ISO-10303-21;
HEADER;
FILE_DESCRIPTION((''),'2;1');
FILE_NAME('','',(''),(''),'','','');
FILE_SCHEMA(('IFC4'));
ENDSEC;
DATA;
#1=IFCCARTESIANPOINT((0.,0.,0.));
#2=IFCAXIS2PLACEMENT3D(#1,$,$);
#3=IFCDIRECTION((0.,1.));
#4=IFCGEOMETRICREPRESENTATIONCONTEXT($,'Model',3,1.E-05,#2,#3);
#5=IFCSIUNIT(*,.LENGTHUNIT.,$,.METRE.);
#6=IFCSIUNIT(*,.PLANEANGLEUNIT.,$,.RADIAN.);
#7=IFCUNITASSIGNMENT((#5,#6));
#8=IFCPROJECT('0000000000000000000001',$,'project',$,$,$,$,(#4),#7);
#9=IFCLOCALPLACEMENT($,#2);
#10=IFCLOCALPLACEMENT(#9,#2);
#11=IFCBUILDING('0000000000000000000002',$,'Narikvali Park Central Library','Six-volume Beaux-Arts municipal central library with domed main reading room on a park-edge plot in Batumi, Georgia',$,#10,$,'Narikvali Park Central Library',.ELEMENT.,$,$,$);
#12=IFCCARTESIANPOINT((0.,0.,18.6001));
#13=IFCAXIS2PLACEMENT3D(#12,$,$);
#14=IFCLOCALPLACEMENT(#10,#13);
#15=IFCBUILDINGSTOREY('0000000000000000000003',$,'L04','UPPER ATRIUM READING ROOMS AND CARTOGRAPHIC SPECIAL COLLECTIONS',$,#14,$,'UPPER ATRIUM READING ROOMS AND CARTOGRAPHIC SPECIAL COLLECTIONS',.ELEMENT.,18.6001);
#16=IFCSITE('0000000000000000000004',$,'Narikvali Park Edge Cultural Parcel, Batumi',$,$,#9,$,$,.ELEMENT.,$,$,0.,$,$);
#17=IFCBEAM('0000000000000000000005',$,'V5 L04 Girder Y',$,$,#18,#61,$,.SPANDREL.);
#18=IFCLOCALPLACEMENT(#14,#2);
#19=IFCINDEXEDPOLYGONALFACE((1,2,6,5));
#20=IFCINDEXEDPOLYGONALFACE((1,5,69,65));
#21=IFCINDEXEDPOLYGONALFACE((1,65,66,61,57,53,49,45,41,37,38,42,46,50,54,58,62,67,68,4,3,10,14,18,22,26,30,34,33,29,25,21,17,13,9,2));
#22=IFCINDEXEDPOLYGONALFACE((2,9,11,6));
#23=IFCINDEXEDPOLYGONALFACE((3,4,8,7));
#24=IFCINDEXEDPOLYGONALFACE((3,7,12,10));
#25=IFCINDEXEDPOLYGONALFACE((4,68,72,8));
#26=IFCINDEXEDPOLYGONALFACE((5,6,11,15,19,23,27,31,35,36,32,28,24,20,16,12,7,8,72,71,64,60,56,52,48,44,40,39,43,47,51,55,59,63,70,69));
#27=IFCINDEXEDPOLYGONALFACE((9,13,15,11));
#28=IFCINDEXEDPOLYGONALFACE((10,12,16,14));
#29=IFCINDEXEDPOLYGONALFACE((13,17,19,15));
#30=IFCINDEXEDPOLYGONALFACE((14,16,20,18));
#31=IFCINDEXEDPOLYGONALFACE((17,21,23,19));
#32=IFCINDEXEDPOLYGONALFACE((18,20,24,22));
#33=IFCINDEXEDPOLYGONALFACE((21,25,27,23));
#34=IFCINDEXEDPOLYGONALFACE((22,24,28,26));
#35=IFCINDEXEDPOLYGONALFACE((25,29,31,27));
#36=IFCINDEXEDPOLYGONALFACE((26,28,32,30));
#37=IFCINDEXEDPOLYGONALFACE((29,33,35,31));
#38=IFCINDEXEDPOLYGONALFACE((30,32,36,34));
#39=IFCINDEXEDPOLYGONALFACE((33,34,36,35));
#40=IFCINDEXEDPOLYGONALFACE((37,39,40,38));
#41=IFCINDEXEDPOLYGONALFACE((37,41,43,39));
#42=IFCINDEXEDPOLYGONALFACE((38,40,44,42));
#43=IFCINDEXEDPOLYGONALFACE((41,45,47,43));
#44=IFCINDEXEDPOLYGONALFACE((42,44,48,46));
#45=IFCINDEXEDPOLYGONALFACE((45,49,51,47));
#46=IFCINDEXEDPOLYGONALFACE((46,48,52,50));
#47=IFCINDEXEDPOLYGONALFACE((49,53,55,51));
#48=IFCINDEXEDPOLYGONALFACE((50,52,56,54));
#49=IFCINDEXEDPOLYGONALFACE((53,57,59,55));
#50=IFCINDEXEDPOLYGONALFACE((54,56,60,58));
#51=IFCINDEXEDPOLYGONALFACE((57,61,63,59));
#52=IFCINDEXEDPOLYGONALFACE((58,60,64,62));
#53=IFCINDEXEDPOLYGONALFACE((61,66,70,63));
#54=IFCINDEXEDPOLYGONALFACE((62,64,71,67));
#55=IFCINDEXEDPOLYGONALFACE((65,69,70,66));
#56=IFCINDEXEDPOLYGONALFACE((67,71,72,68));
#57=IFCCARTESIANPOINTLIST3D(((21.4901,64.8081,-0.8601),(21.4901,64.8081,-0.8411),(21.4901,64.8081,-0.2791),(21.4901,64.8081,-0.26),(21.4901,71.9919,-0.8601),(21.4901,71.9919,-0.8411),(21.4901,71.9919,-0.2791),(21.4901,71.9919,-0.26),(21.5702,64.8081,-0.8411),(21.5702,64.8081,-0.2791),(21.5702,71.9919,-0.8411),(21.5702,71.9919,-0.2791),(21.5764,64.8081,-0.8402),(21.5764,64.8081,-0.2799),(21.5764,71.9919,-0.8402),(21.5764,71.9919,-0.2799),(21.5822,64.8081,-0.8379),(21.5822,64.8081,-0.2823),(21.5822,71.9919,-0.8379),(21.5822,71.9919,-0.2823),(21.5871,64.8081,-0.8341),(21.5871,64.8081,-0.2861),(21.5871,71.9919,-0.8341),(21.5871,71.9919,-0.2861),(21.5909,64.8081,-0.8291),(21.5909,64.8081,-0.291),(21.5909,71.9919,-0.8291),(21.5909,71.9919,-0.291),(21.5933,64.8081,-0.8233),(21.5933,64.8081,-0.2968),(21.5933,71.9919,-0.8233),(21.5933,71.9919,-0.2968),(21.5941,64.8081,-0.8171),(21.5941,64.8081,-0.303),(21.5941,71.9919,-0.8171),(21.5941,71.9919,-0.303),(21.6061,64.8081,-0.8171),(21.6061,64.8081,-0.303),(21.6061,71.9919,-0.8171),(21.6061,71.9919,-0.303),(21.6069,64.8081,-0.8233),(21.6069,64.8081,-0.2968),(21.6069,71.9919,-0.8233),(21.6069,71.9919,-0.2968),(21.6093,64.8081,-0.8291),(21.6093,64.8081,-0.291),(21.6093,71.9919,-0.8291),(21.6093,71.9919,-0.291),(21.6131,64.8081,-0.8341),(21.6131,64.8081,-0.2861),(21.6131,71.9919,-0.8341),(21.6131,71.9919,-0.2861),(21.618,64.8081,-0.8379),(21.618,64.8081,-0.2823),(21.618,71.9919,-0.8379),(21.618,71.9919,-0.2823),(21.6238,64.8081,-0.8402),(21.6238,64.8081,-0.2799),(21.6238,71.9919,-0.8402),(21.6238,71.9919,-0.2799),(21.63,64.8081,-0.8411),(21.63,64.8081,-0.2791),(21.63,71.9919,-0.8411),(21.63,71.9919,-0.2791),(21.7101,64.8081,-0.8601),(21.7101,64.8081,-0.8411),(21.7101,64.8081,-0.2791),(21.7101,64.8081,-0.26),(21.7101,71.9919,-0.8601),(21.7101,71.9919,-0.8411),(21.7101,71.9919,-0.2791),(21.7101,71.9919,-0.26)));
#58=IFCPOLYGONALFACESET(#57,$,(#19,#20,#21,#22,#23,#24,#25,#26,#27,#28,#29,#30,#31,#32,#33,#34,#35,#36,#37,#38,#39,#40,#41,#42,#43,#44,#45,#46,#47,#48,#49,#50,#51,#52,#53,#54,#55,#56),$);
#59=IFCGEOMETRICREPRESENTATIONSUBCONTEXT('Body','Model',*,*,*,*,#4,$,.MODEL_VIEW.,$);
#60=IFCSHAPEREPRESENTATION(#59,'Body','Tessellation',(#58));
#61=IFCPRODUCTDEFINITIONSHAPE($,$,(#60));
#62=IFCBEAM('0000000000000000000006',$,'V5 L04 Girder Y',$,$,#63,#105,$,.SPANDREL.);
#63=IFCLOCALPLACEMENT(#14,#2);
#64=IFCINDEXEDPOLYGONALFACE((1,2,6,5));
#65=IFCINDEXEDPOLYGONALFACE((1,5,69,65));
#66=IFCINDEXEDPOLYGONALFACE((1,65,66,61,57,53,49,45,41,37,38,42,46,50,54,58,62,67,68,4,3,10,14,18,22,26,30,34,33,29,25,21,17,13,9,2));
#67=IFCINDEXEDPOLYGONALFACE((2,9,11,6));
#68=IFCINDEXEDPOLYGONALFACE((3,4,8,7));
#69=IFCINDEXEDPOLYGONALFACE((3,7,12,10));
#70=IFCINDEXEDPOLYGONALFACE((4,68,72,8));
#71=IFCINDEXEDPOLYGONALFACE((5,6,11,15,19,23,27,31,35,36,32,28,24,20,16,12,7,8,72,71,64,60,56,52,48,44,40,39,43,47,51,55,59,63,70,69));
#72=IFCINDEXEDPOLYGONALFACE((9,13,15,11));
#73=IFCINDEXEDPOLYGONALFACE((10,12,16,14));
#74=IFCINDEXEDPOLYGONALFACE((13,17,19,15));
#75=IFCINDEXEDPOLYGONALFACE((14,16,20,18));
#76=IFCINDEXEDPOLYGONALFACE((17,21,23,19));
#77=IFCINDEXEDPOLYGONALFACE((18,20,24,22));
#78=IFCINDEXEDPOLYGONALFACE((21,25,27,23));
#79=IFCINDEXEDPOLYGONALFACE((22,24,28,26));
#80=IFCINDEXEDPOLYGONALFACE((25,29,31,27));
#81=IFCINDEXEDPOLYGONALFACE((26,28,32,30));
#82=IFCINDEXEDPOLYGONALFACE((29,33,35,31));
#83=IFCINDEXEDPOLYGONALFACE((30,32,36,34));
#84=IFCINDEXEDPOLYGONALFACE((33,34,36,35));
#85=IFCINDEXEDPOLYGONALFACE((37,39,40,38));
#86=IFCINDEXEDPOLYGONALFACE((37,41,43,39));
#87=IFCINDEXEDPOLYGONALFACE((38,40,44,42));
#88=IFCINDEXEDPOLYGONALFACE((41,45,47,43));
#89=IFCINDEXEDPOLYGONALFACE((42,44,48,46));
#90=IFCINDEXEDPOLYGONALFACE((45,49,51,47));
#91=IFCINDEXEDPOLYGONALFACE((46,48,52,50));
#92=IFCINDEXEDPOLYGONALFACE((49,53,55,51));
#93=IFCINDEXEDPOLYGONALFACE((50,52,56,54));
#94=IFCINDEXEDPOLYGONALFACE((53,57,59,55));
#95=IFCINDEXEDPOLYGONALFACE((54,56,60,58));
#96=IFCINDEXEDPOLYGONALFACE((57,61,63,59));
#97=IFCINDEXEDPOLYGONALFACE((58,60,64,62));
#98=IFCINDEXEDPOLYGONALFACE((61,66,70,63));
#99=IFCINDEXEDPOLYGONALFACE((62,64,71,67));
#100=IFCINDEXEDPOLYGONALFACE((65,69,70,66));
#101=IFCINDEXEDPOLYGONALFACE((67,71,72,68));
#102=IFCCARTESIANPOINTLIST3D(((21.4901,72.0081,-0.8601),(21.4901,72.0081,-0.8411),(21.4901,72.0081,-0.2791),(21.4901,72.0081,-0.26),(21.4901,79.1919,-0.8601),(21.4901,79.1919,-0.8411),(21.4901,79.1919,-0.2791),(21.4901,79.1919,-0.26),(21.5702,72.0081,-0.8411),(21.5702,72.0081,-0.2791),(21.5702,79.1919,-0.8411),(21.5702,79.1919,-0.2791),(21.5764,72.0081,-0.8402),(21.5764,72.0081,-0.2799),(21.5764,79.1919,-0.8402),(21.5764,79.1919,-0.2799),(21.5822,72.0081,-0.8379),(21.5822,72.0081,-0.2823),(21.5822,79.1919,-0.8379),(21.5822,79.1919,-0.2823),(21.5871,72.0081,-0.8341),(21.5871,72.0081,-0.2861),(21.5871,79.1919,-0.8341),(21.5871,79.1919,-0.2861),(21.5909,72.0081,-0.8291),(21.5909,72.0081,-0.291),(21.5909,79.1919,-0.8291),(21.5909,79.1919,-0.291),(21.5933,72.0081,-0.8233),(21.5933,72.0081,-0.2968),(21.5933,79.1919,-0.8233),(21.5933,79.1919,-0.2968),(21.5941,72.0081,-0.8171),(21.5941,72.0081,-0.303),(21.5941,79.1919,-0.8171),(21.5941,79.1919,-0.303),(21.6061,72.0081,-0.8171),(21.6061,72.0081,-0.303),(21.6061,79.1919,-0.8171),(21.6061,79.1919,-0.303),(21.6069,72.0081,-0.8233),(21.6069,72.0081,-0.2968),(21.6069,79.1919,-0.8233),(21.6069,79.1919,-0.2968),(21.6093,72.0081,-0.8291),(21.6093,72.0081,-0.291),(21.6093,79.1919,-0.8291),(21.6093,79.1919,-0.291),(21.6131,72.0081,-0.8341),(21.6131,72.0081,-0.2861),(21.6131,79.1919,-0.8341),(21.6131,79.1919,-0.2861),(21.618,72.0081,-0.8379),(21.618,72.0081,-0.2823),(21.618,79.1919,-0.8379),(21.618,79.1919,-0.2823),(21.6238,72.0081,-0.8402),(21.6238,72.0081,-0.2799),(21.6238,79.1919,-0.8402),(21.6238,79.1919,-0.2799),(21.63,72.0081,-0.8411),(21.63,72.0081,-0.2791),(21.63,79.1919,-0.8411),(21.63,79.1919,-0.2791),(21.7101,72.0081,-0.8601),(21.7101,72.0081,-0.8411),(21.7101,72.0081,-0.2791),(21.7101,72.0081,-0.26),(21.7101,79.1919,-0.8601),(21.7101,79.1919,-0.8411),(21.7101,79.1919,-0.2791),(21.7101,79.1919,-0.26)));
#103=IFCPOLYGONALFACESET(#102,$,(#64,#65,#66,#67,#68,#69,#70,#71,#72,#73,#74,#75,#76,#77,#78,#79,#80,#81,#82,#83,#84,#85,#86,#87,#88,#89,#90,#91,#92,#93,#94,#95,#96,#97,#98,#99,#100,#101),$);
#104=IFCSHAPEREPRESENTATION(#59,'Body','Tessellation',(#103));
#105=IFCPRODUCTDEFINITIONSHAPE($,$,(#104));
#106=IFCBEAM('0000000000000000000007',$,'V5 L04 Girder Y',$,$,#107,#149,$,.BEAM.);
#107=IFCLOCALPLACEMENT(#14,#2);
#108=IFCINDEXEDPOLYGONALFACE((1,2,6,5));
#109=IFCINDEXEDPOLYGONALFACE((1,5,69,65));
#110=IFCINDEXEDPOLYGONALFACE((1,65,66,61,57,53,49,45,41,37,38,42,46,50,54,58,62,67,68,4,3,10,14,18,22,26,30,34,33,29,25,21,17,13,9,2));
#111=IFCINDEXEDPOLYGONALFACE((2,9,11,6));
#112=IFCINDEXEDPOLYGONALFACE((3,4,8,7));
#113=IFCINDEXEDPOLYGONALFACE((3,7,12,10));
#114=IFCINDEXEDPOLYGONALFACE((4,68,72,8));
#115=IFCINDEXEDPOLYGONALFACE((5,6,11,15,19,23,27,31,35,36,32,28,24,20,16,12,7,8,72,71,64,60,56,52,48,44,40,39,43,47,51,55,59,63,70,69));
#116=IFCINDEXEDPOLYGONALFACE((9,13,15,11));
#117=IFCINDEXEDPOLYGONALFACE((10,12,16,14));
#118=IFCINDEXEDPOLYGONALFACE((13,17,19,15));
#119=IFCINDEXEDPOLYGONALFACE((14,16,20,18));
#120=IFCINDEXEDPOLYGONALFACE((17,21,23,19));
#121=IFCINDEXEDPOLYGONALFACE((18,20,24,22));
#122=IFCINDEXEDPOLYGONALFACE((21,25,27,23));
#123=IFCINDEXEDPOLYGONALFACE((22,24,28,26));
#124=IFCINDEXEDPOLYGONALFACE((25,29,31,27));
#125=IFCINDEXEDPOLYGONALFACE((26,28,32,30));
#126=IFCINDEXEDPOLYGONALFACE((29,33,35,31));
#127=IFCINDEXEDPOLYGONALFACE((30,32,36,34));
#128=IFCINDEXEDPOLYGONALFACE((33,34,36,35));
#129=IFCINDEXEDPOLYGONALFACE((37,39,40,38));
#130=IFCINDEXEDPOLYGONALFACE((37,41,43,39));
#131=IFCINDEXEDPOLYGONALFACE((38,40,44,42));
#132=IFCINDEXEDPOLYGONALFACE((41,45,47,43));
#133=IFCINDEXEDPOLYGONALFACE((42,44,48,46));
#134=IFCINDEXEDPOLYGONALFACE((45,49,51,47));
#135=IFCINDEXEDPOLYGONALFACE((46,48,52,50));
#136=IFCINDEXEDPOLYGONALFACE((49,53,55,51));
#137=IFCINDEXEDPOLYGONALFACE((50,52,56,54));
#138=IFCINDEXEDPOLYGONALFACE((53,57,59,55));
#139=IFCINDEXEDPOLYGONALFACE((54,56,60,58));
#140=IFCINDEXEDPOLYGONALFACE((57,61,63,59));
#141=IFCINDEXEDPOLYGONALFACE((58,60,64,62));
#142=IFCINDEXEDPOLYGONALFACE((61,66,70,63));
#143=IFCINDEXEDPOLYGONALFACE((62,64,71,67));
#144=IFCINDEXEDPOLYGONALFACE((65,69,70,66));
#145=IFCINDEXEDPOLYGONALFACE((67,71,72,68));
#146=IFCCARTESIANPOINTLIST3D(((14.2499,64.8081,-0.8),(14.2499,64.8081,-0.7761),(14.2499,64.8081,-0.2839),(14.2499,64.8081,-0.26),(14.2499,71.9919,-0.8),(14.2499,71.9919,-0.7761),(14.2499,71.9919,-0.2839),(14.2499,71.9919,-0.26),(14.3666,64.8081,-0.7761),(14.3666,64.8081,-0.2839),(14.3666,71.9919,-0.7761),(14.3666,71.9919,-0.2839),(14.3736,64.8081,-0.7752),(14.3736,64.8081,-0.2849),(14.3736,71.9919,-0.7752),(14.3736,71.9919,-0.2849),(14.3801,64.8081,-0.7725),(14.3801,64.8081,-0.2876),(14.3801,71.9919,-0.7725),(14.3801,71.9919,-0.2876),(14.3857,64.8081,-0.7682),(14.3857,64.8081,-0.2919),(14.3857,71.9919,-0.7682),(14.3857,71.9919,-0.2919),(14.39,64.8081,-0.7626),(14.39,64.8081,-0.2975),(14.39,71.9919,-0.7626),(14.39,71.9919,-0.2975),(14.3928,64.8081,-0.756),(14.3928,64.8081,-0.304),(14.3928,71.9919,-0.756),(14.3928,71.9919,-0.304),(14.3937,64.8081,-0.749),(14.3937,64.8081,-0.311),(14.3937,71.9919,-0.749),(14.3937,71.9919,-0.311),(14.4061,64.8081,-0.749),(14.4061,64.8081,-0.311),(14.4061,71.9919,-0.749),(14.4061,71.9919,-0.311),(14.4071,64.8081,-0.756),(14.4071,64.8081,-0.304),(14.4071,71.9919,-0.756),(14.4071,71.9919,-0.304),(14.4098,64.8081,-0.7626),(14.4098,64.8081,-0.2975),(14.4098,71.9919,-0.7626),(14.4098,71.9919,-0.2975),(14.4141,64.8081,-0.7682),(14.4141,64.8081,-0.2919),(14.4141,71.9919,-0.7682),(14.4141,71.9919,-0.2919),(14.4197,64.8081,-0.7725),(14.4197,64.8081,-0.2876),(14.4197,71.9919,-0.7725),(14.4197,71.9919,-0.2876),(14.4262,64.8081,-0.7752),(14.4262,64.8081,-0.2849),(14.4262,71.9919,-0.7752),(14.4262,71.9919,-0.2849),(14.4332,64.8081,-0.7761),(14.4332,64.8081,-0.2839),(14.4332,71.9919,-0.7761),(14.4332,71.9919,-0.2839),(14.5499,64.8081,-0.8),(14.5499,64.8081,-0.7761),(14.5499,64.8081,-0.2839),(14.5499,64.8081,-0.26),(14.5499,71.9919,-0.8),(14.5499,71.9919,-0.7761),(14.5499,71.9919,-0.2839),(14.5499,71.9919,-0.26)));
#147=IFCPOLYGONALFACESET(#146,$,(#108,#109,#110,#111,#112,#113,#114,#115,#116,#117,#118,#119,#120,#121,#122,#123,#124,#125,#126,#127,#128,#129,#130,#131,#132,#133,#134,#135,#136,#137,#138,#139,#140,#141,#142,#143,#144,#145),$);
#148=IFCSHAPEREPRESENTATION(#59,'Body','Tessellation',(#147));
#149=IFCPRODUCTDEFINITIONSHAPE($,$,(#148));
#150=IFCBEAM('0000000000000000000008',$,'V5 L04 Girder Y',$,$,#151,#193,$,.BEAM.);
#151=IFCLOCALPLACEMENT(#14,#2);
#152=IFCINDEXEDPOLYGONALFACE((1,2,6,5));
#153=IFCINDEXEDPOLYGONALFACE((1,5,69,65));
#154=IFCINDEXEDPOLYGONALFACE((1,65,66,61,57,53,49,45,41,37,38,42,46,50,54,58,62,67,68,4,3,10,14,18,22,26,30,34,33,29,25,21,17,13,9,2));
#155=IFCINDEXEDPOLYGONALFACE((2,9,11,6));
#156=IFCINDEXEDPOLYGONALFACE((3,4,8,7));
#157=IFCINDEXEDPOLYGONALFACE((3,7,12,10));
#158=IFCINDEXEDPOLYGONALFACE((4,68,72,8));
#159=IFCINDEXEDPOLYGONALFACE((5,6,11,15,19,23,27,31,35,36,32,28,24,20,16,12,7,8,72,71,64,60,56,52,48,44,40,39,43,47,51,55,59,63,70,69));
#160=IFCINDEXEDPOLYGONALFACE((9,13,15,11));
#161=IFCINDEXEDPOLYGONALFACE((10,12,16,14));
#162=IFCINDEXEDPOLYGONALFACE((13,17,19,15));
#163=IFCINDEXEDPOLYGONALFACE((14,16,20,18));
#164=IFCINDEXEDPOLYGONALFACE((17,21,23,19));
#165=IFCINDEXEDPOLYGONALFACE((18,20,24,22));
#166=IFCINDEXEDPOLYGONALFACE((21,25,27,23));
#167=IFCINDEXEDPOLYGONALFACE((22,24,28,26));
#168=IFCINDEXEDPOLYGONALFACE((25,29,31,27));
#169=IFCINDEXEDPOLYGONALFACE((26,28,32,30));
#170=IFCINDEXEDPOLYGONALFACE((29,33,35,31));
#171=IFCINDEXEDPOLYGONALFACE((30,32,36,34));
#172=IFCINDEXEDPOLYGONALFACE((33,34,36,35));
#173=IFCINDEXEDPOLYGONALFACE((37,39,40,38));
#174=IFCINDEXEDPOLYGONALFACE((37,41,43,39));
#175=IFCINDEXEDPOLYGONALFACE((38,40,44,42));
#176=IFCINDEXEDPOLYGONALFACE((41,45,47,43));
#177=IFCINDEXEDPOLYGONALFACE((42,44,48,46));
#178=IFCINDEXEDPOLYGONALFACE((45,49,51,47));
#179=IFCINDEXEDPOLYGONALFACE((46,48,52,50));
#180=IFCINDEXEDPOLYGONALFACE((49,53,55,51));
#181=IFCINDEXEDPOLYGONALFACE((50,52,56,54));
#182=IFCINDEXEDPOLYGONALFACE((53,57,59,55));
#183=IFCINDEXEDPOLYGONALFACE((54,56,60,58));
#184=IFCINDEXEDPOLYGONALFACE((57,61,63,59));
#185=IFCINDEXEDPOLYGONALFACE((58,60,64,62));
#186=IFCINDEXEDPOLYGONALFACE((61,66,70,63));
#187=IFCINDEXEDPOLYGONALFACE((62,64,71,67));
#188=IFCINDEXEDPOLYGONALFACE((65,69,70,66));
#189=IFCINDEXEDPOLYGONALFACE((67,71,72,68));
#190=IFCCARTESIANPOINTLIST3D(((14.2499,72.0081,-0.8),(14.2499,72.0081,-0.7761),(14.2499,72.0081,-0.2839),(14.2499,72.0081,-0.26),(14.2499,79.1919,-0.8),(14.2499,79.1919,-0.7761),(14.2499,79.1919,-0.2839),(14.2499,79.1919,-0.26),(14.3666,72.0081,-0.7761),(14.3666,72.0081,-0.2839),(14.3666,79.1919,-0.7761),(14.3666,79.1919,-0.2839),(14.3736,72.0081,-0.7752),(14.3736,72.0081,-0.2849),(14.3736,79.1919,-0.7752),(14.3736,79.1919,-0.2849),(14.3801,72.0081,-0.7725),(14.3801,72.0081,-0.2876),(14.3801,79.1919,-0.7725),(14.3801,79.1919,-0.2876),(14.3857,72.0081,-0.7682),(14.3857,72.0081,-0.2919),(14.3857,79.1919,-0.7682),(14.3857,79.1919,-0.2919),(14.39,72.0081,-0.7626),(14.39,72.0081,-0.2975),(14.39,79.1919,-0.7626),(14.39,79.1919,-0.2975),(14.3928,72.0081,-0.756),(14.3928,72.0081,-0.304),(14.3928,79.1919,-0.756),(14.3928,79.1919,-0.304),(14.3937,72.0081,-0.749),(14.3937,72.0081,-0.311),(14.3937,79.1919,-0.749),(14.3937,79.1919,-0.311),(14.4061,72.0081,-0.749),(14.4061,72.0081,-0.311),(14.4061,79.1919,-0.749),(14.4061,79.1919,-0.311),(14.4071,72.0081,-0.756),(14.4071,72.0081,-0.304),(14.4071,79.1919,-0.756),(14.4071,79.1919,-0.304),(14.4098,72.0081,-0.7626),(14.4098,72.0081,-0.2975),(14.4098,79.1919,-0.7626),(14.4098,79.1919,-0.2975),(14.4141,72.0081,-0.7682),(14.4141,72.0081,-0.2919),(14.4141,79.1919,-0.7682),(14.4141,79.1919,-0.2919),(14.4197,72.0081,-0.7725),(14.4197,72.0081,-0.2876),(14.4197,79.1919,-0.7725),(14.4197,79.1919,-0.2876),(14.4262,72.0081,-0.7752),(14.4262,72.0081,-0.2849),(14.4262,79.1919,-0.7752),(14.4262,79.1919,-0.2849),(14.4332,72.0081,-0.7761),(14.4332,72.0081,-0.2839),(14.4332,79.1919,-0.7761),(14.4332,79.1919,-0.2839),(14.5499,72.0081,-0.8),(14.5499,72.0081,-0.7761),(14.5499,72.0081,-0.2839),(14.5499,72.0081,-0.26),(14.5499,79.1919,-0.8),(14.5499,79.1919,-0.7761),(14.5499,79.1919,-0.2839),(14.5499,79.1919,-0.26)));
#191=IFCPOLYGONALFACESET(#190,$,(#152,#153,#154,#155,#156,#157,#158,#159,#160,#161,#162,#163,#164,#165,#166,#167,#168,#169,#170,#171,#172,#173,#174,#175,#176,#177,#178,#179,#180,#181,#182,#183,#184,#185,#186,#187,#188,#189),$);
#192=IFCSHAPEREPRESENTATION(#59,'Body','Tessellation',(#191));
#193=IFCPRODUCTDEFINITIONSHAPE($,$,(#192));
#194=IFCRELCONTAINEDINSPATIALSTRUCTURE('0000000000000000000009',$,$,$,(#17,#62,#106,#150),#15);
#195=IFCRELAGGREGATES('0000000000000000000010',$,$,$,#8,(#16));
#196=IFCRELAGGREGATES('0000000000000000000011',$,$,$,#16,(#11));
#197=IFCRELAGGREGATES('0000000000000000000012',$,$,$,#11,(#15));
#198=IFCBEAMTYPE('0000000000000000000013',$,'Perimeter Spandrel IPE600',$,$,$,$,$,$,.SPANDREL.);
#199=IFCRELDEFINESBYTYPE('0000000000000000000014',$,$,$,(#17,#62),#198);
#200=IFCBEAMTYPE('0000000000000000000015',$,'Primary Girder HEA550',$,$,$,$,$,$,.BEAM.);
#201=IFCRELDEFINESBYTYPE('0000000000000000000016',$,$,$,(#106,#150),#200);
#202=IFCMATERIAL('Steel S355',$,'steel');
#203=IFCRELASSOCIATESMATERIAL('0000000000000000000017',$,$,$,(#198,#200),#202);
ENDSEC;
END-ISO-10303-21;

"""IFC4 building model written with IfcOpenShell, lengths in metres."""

from ifc_helpers import new_model, si_unit, direction, frame, origin, origin_2d, place, context, subcontext, project, spatial, i_section, extrude, material, material_profile, profile_set, type_object, element, save


model = new_model("IFC4")

# Units and contexts
model_context = context("Model", 3, precision=1e-05, world=origin(), true_north=direction((0.0, 1.0)))
body_context = subcontext(model_context, "Body", "Model", "MODEL_VIEW")
ifc_project = project(units=[si_unit("LENGTHUNIT", "METRE"), si_unit("PLANEANGLEUNIT", "RADIAN")], contexts=[model_context])

# Site, building, storey
site_placement = place(None, origin())
site = spatial("IfcSite", under=ifc_project, at=site_placement, Name="Narikvali Park Edge Cultural Parcel, Batumi", CompositionType="ELEMENT", RefElevation=0.0)
building_placement = place(site_placement, origin())
building = spatial("IfcBuilding", under=site, at=building_placement, Name="Narikvali Park Central Library", Description="Six-volume Beaux-Arts municipal central library with domed main reading room on a park-edge plot in Batumi, Georgia", LongName="Narikvali Park Central Library", CompositionType="ELEMENT")
storey_placement = place(building_placement, frame((0.0, 0.0, 18.6001)))
storey = spatial("IfcBuildingStorey", under=building, at=storey_placement, Name="L04", Description="UPPER ATRIUM READING ROOMS AND CARTOGRAPHIC SPECIAL COLLECTIONS", LongName="UPPER ATRIUM READING ROOMS AND CARTOGRAPHIC SPECIAL COLLECTIONS", CompositionType="ELEMENT", Elevation=18.6001)

# Shared definitions
ifc_material_1 = material(Name="Steel S355", Category="steel")

# Beams
ifc_material_profile_1 = material_profile(ifc_material_1, i_section(OverallWidth=0.22, OverallDepth=0.6001, WebThickness=0.012, FlangeThickness=0.019, FilletRadius=0.0239, at=origin_2d()), Name="IPE 600")
ifc_profile_set_1 = profile_set([ifc_material_profile_1], Name="Steel S355")
beam_type_1 = type_object("IfcBeamType", Name="Perimeter Spandrel IPE600", PredefinedType="SPANDREL", material=ifc_profile_set_1)
for number, where, z_axis, x_axis, name in (
    (1, (21.6001, 64.8081, -0.5601), (0.0, 1.0, 0.0), (-1.0, 0.0, 0.0), "V5 L04 Girder Y"),
    (2, (21.6001, 72.0081, -0.5601), (0.0, 1.0, 0.0), (-1.0, 0.0, 0.0), "V5 L04 Girder Y"),
):
    element("IfcBeam", number, at=place(storey_placement, frame(where, z_axis=z_axis, x_axis=x_axis)), inside=storey, type_object=beam_type_1, Name=name, PredefinedType="SPANDREL", context=body_context, shape_type="SweptSolid", body=[
        extrude(i_section(OverallWidth=0.22, OverallDepth=0.6001, WebThickness=0.012, FlangeThickness=0.019, FilletRadius=0.0239, at=origin_2d()), origin(), (0.0, 0.0, 1.0), 7.1838),
    ])
ifc_material_profile_2 = material_profile(ifc_material_1, i_section(OverallWidth=0.3, OverallDepth=0.54, WebThickness=0.0125, FlangeThickness=0.0239, FilletRadius=0.0271, at=origin_2d()), Name="HEA 550")
ifc_profile_set_2 = profile_set([ifc_material_profile_2], Name="Steel S355")
beam_type_2 = type_object("IfcBeamType", Name="Primary Girder HEA550", PredefinedType="BEAM", material=ifc_profile_set_2)
for number, where, z_axis, x_axis, name in (
    (3, (14.3999, 64.8081, -0.53), (0.0, 1.0, 0.0), (-1.0, 0.0, 0.0), "V5 L04 Girder Y"),
    (4, (14.3999, 72.0081, -0.53), (0.0, 1.0, 0.0), (-1.0, 0.0, 0.0), "V5 L04 Girder Y"),
):
    element("IfcBeam", number, at=place(storey_placement, frame(where, z_axis=z_axis, x_axis=x_axis)), inside=storey, type_object=beam_type_2, Name=name, PredefinedType="BEAM", context=body_context, shape_type="SweptSolid", body=[
        extrude(i_section(OverallWidth=0.3, OverallDepth=0.54, WebThickness=0.0125, FlangeThickness=0.0239, FilletRadius=0.0271, at=origin_2d()), origin(), (0.0, 0.0, 1.0), 7.1838),
    ])

save(model, "model.ifc")
